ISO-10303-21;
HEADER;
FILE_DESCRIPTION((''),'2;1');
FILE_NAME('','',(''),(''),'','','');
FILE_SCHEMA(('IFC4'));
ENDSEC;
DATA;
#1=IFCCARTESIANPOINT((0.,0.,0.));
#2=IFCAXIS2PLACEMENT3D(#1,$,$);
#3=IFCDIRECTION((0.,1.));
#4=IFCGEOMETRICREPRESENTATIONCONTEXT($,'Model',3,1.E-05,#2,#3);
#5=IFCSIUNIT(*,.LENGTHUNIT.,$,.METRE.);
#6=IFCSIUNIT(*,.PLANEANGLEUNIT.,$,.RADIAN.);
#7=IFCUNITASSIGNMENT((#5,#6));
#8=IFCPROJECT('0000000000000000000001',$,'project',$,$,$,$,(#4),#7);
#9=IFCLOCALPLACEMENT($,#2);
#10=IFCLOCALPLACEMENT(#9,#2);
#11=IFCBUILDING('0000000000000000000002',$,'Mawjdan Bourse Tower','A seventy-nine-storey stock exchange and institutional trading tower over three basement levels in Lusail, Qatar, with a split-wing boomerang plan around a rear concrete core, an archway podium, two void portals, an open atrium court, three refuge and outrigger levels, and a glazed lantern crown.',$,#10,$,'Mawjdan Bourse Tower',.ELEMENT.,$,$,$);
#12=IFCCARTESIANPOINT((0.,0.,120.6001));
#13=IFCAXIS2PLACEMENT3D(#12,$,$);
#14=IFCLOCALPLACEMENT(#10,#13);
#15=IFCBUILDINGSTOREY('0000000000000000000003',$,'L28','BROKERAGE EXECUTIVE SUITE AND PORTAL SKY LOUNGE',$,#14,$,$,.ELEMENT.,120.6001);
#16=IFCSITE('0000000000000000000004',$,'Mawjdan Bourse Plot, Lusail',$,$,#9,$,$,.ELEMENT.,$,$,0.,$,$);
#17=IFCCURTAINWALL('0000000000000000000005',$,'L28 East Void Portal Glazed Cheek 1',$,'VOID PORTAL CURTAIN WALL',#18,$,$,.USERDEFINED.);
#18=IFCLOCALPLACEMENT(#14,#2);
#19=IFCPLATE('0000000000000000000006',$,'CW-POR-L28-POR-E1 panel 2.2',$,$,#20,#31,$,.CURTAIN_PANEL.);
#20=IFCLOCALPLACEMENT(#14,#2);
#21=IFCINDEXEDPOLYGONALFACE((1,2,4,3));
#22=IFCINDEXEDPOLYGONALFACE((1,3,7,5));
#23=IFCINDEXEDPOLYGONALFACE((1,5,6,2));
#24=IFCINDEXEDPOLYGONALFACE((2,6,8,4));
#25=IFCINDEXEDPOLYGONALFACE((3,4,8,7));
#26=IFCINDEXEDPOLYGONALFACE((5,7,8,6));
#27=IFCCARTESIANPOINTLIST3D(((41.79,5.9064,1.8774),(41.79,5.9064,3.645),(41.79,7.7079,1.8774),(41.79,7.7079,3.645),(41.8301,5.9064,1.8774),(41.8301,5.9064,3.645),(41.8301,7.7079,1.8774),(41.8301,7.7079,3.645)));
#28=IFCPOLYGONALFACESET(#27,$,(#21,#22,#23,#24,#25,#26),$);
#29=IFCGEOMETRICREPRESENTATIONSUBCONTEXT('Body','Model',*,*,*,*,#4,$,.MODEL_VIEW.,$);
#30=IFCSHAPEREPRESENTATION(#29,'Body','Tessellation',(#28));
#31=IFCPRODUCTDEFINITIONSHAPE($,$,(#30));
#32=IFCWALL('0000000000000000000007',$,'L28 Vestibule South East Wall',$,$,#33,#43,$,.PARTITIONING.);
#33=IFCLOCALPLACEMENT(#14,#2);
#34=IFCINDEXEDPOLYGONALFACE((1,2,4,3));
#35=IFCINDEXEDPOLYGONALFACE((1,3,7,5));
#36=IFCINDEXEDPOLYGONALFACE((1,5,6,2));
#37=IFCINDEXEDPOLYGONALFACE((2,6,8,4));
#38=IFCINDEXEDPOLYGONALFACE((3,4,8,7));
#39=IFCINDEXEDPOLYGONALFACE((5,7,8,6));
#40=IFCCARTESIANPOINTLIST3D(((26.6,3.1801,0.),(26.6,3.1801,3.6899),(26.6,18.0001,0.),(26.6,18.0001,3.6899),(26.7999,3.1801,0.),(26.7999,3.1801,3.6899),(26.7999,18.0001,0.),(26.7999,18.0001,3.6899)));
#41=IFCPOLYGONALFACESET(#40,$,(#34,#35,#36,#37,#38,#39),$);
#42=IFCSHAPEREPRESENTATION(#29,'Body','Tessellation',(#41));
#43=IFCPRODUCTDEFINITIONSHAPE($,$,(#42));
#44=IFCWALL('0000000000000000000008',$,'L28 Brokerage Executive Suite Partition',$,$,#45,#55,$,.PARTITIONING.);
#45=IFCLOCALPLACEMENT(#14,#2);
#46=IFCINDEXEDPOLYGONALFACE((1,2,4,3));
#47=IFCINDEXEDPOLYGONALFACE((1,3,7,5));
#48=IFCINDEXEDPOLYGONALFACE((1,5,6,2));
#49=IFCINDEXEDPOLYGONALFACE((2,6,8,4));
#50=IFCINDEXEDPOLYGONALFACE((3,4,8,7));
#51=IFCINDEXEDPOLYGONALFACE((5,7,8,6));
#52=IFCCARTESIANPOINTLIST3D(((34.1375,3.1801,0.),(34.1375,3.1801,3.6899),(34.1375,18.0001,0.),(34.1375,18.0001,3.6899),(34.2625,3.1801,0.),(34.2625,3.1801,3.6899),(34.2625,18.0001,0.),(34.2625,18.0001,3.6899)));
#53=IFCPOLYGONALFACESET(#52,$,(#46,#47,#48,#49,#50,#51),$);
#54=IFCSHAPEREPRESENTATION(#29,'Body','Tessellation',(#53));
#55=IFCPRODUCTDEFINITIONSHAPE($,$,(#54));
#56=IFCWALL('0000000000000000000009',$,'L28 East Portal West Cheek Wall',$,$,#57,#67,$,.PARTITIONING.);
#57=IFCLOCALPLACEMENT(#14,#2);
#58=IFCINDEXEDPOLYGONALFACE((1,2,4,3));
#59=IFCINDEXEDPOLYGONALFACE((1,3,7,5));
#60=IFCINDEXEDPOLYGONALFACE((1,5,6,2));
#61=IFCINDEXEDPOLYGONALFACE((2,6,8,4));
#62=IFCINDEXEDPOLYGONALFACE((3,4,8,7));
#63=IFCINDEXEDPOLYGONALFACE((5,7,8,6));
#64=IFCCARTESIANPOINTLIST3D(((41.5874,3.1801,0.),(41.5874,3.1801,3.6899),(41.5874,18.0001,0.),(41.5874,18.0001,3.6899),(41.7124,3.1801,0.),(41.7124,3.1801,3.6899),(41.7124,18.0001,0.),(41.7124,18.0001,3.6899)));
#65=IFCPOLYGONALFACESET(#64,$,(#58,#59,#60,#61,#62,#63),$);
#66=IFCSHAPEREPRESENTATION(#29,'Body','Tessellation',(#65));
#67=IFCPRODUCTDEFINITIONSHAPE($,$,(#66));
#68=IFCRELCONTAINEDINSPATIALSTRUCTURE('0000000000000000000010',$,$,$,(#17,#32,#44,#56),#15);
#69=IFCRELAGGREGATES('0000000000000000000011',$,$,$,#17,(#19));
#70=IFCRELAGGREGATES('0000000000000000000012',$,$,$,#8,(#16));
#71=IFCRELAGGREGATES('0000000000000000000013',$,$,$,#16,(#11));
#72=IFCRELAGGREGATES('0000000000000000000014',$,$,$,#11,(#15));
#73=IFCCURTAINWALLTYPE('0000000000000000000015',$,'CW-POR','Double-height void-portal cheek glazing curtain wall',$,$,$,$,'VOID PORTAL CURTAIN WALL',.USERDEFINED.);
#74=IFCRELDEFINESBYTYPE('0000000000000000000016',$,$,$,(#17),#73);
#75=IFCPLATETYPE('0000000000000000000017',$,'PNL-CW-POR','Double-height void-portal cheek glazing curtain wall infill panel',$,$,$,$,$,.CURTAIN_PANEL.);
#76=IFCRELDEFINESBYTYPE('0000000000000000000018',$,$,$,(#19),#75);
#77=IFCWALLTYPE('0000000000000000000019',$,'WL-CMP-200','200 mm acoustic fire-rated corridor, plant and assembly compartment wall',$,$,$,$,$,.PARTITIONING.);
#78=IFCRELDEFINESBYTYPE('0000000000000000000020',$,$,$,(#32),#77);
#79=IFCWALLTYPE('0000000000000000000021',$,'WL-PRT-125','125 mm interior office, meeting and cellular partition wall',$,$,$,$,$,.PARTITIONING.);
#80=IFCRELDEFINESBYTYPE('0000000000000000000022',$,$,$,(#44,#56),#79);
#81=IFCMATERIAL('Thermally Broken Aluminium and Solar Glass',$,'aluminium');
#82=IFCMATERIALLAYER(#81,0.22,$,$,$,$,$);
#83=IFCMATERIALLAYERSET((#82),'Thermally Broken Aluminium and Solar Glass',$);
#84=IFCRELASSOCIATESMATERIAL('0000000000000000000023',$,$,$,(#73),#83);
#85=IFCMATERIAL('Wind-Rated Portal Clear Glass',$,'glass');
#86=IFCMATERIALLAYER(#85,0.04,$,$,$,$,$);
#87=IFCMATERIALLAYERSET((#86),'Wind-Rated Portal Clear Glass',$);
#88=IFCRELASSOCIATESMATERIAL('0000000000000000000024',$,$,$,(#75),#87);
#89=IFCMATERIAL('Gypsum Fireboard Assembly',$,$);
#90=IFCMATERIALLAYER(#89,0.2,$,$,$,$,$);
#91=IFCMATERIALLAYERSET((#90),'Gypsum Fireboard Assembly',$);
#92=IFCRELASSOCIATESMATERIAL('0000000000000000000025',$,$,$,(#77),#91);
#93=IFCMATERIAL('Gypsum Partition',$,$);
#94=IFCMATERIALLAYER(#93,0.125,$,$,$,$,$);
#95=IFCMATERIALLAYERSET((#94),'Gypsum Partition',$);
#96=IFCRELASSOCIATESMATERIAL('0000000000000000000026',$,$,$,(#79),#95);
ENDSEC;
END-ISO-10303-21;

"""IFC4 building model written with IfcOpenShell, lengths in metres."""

from ifc_helpers import new_model, si_unit, direction, frame, frame_2d, origin, origin_2d, place, context, subcontext, project, spatial, rectangle, extrude, material, layer, layer_set, type_object, element, aggregate, save


model = new_model("IFC4")

# Units and contexts
model_context = context("Model", 3, precision=1e-05, world=origin(), true_north=direction((0.0, 1.0)))
body_context = subcontext(model_context, "Body", "Model", "MODEL_VIEW")
ifc_project = project(units=[si_unit("LENGTHUNIT", "METRE"), si_unit("PLANEANGLEUNIT", "RADIAN")], contexts=[model_context])

# Site, building, storey
site_placement = place(None, origin())
site = spatial("IfcSite", under=ifc_project, at=site_placement, Name="Mawjdan Bourse Plot, Lusail", CompositionType="ELEMENT", RefElevation=0.0)
building_placement = place(site_placement, origin())
building = spatial("IfcBuilding", under=site, at=building_placement, Name="Mawjdan Bourse Tower", Description="A seventy-nine-storey stock exchange and institutional trading tower over three basement levels in Lusail, Qatar, with a split-wing boomerang plan around a rear concrete core, an archway podium, two void portals, an open atrium court, three refuge and outrigger levels, and a glazed lantern crown.", LongName="Mawjdan Bourse Tower", CompositionType="ELEMENT")
storey_placement = place(building_placement, frame((0.0, 0.0, 120.6001)))
storey = spatial("IfcBuildingStorey", under=building, at=storey_placement, Name="L28", Description="BROKERAGE EXECUTIVE SUITE AND PORTAL SKY LOUNGE", CompositionType="ELEMENT", Elevation=120.6001)

# Curtain wall
ifc_material_1 = material(Name="Thermally Broken Aluminium and Solar Glass", Category="aluminium")
ifc_layer_1 = layer(ifc_material_1, 0.22)
ifc_layer_set_1 = layer_set([ifc_layer_1], Name="Thermally Broken Aluminium and Solar Glass")
curtain_wall_type = type_object("IfcCurtainWallType", Name="CW-POR", Description="Double-height void-portal cheek glazing curtain wall", ElementType="VOID PORTAL CURTAIN WALL", PredefinedType="USERDEFINED", material=ifc_layer_set_1)
curtain_wall_placement = place(storey_placement, origin())
curtain_wall = element("IfcCurtainWall", 1, at=curtain_wall_placement, inside=storey, type_object=curtain_wall_type, Name="L28 East Void Portal Glazed Cheek 1", ObjectType="VOID PORTAL CURTAIN WALL", PredefinedType="USERDEFINED")

# Plate
ifc_material_2 = material(Name="Wind-Rated Portal Clear Glass", Category="glass")
ifc_layer_2 = layer(ifc_material_2, 0.04)
ifc_layer_set_2 = layer_set([ifc_layer_2], Name="Wind-Rated Portal Clear Glass")
plate_type = type_object("IfcPlateType", Name="PNL-CW-POR", Description="Double-height void-portal cheek glazing curtain wall infill panel", PredefinedType="CURTAIN_PANEL", material=ifc_layer_set_2)
plate_1_placement = place(storey_placement, frame((41.8101, 6.8071, 1.8774), z_axis=(0.0, 0.0, 1.0), x_axis=(0.0, 1.0, 0.0)))
plate_1 = element("IfcPlate", 2, at=plate_1_placement, type_object=plate_type, Name="CW-POR-L28-POR-E1 panel 2.2", PredefinedType="CURTAIN_PANEL", context=body_context, shape_type="SweptSolid", body=[
    extrude(rectangle(XDim=1.8015, YDim=0.04, at=origin_2d()), origin(), (0.0, 0.0, 1.0), 1.7676),
])
aggregate(curtain_wall, [plate_1])

# Walls
ifc_material_3 = material(Name="Gypsum Fireboard Assembly")
ifc_layer_3 = layer(ifc_material_3, 0.2)
ifc_layer_set_3 = layer_set([ifc_layer_3], Name="Gypsum Fireboard Assembly")
wall_type_1 = type_object("IfcWallType", Name="WL-CMP-200", Description="200 mm acoustic fire-rated corridor, plant and assembly compartment wall", PredefinedType="PARTITIONING", material=ifc_layer_set_3)
wall_placement = place(storey_placement, frame((26.7, 3.1799, 0.0), z_axis=(0.0, 0.0, 1.0), x_axis=(0.0, 1.0, 0.0)))
element("IfcWall", 3, at=wall_placement, inside=storey, type_object=wall_type_1, Name="L28 Vestibule South East Wall", PredefinedType="PARTITIONING", context=body_context, shape_type="SweptSolid", body=[
    extrude(rectangle(XDim=14.8201, YDim=0.2, at=frame_2d((7.4102, 0.0))), origin(), (0.0, 0.0, 1.0), 3.6899),
])
ifc_material_4 = material(Name="Gypsum Partition")
ifc_layer_4 = layer(ifc_material_4, 0.125)
ifc_layer_set_4 = layer_set([ifc_layer_4], Name="Gypsum Partition")
wall_type_2 = type_object("IfcWallType", Name="WL-PRT-125", Description="125 mm interior office, meeting and cellular partition wall", PredefinedType="PARTITIONING", material=ifc_layer_set_4)
for number, where, z_axis, x_axis, name in (
    (4, (34.2, 3.1799, 0.0), (0.0, 0.0, 1.0), (0.0, 1.0, 0.0), "L28 Brokerage Executive Suite Partition"),
    (5, (41.6499, 3.1799, 0.0), (0.0, 0.0, 1.0), (0.0, 1.0, 0.0), "L28 East Portal West Cheek Wall"),
):
    element("IfcWall", number, at=place(storey_placement, frame(where, z_axis=z_axis, x_axis=x_axis)), inside=storey, type_object=wall_type_2, Name=name, PredefinedType="PARTITIONING", context=body_context, shape_type="SweptSolid", body=[
        extrude(rectangle(XDim=14.8201, YDim=0.125, at=frame_2d((7.4102, 0.0))), origin(), (0.0, 0.0, 1.0), 3.6899),
    ])

save(model, "model.ifc")
